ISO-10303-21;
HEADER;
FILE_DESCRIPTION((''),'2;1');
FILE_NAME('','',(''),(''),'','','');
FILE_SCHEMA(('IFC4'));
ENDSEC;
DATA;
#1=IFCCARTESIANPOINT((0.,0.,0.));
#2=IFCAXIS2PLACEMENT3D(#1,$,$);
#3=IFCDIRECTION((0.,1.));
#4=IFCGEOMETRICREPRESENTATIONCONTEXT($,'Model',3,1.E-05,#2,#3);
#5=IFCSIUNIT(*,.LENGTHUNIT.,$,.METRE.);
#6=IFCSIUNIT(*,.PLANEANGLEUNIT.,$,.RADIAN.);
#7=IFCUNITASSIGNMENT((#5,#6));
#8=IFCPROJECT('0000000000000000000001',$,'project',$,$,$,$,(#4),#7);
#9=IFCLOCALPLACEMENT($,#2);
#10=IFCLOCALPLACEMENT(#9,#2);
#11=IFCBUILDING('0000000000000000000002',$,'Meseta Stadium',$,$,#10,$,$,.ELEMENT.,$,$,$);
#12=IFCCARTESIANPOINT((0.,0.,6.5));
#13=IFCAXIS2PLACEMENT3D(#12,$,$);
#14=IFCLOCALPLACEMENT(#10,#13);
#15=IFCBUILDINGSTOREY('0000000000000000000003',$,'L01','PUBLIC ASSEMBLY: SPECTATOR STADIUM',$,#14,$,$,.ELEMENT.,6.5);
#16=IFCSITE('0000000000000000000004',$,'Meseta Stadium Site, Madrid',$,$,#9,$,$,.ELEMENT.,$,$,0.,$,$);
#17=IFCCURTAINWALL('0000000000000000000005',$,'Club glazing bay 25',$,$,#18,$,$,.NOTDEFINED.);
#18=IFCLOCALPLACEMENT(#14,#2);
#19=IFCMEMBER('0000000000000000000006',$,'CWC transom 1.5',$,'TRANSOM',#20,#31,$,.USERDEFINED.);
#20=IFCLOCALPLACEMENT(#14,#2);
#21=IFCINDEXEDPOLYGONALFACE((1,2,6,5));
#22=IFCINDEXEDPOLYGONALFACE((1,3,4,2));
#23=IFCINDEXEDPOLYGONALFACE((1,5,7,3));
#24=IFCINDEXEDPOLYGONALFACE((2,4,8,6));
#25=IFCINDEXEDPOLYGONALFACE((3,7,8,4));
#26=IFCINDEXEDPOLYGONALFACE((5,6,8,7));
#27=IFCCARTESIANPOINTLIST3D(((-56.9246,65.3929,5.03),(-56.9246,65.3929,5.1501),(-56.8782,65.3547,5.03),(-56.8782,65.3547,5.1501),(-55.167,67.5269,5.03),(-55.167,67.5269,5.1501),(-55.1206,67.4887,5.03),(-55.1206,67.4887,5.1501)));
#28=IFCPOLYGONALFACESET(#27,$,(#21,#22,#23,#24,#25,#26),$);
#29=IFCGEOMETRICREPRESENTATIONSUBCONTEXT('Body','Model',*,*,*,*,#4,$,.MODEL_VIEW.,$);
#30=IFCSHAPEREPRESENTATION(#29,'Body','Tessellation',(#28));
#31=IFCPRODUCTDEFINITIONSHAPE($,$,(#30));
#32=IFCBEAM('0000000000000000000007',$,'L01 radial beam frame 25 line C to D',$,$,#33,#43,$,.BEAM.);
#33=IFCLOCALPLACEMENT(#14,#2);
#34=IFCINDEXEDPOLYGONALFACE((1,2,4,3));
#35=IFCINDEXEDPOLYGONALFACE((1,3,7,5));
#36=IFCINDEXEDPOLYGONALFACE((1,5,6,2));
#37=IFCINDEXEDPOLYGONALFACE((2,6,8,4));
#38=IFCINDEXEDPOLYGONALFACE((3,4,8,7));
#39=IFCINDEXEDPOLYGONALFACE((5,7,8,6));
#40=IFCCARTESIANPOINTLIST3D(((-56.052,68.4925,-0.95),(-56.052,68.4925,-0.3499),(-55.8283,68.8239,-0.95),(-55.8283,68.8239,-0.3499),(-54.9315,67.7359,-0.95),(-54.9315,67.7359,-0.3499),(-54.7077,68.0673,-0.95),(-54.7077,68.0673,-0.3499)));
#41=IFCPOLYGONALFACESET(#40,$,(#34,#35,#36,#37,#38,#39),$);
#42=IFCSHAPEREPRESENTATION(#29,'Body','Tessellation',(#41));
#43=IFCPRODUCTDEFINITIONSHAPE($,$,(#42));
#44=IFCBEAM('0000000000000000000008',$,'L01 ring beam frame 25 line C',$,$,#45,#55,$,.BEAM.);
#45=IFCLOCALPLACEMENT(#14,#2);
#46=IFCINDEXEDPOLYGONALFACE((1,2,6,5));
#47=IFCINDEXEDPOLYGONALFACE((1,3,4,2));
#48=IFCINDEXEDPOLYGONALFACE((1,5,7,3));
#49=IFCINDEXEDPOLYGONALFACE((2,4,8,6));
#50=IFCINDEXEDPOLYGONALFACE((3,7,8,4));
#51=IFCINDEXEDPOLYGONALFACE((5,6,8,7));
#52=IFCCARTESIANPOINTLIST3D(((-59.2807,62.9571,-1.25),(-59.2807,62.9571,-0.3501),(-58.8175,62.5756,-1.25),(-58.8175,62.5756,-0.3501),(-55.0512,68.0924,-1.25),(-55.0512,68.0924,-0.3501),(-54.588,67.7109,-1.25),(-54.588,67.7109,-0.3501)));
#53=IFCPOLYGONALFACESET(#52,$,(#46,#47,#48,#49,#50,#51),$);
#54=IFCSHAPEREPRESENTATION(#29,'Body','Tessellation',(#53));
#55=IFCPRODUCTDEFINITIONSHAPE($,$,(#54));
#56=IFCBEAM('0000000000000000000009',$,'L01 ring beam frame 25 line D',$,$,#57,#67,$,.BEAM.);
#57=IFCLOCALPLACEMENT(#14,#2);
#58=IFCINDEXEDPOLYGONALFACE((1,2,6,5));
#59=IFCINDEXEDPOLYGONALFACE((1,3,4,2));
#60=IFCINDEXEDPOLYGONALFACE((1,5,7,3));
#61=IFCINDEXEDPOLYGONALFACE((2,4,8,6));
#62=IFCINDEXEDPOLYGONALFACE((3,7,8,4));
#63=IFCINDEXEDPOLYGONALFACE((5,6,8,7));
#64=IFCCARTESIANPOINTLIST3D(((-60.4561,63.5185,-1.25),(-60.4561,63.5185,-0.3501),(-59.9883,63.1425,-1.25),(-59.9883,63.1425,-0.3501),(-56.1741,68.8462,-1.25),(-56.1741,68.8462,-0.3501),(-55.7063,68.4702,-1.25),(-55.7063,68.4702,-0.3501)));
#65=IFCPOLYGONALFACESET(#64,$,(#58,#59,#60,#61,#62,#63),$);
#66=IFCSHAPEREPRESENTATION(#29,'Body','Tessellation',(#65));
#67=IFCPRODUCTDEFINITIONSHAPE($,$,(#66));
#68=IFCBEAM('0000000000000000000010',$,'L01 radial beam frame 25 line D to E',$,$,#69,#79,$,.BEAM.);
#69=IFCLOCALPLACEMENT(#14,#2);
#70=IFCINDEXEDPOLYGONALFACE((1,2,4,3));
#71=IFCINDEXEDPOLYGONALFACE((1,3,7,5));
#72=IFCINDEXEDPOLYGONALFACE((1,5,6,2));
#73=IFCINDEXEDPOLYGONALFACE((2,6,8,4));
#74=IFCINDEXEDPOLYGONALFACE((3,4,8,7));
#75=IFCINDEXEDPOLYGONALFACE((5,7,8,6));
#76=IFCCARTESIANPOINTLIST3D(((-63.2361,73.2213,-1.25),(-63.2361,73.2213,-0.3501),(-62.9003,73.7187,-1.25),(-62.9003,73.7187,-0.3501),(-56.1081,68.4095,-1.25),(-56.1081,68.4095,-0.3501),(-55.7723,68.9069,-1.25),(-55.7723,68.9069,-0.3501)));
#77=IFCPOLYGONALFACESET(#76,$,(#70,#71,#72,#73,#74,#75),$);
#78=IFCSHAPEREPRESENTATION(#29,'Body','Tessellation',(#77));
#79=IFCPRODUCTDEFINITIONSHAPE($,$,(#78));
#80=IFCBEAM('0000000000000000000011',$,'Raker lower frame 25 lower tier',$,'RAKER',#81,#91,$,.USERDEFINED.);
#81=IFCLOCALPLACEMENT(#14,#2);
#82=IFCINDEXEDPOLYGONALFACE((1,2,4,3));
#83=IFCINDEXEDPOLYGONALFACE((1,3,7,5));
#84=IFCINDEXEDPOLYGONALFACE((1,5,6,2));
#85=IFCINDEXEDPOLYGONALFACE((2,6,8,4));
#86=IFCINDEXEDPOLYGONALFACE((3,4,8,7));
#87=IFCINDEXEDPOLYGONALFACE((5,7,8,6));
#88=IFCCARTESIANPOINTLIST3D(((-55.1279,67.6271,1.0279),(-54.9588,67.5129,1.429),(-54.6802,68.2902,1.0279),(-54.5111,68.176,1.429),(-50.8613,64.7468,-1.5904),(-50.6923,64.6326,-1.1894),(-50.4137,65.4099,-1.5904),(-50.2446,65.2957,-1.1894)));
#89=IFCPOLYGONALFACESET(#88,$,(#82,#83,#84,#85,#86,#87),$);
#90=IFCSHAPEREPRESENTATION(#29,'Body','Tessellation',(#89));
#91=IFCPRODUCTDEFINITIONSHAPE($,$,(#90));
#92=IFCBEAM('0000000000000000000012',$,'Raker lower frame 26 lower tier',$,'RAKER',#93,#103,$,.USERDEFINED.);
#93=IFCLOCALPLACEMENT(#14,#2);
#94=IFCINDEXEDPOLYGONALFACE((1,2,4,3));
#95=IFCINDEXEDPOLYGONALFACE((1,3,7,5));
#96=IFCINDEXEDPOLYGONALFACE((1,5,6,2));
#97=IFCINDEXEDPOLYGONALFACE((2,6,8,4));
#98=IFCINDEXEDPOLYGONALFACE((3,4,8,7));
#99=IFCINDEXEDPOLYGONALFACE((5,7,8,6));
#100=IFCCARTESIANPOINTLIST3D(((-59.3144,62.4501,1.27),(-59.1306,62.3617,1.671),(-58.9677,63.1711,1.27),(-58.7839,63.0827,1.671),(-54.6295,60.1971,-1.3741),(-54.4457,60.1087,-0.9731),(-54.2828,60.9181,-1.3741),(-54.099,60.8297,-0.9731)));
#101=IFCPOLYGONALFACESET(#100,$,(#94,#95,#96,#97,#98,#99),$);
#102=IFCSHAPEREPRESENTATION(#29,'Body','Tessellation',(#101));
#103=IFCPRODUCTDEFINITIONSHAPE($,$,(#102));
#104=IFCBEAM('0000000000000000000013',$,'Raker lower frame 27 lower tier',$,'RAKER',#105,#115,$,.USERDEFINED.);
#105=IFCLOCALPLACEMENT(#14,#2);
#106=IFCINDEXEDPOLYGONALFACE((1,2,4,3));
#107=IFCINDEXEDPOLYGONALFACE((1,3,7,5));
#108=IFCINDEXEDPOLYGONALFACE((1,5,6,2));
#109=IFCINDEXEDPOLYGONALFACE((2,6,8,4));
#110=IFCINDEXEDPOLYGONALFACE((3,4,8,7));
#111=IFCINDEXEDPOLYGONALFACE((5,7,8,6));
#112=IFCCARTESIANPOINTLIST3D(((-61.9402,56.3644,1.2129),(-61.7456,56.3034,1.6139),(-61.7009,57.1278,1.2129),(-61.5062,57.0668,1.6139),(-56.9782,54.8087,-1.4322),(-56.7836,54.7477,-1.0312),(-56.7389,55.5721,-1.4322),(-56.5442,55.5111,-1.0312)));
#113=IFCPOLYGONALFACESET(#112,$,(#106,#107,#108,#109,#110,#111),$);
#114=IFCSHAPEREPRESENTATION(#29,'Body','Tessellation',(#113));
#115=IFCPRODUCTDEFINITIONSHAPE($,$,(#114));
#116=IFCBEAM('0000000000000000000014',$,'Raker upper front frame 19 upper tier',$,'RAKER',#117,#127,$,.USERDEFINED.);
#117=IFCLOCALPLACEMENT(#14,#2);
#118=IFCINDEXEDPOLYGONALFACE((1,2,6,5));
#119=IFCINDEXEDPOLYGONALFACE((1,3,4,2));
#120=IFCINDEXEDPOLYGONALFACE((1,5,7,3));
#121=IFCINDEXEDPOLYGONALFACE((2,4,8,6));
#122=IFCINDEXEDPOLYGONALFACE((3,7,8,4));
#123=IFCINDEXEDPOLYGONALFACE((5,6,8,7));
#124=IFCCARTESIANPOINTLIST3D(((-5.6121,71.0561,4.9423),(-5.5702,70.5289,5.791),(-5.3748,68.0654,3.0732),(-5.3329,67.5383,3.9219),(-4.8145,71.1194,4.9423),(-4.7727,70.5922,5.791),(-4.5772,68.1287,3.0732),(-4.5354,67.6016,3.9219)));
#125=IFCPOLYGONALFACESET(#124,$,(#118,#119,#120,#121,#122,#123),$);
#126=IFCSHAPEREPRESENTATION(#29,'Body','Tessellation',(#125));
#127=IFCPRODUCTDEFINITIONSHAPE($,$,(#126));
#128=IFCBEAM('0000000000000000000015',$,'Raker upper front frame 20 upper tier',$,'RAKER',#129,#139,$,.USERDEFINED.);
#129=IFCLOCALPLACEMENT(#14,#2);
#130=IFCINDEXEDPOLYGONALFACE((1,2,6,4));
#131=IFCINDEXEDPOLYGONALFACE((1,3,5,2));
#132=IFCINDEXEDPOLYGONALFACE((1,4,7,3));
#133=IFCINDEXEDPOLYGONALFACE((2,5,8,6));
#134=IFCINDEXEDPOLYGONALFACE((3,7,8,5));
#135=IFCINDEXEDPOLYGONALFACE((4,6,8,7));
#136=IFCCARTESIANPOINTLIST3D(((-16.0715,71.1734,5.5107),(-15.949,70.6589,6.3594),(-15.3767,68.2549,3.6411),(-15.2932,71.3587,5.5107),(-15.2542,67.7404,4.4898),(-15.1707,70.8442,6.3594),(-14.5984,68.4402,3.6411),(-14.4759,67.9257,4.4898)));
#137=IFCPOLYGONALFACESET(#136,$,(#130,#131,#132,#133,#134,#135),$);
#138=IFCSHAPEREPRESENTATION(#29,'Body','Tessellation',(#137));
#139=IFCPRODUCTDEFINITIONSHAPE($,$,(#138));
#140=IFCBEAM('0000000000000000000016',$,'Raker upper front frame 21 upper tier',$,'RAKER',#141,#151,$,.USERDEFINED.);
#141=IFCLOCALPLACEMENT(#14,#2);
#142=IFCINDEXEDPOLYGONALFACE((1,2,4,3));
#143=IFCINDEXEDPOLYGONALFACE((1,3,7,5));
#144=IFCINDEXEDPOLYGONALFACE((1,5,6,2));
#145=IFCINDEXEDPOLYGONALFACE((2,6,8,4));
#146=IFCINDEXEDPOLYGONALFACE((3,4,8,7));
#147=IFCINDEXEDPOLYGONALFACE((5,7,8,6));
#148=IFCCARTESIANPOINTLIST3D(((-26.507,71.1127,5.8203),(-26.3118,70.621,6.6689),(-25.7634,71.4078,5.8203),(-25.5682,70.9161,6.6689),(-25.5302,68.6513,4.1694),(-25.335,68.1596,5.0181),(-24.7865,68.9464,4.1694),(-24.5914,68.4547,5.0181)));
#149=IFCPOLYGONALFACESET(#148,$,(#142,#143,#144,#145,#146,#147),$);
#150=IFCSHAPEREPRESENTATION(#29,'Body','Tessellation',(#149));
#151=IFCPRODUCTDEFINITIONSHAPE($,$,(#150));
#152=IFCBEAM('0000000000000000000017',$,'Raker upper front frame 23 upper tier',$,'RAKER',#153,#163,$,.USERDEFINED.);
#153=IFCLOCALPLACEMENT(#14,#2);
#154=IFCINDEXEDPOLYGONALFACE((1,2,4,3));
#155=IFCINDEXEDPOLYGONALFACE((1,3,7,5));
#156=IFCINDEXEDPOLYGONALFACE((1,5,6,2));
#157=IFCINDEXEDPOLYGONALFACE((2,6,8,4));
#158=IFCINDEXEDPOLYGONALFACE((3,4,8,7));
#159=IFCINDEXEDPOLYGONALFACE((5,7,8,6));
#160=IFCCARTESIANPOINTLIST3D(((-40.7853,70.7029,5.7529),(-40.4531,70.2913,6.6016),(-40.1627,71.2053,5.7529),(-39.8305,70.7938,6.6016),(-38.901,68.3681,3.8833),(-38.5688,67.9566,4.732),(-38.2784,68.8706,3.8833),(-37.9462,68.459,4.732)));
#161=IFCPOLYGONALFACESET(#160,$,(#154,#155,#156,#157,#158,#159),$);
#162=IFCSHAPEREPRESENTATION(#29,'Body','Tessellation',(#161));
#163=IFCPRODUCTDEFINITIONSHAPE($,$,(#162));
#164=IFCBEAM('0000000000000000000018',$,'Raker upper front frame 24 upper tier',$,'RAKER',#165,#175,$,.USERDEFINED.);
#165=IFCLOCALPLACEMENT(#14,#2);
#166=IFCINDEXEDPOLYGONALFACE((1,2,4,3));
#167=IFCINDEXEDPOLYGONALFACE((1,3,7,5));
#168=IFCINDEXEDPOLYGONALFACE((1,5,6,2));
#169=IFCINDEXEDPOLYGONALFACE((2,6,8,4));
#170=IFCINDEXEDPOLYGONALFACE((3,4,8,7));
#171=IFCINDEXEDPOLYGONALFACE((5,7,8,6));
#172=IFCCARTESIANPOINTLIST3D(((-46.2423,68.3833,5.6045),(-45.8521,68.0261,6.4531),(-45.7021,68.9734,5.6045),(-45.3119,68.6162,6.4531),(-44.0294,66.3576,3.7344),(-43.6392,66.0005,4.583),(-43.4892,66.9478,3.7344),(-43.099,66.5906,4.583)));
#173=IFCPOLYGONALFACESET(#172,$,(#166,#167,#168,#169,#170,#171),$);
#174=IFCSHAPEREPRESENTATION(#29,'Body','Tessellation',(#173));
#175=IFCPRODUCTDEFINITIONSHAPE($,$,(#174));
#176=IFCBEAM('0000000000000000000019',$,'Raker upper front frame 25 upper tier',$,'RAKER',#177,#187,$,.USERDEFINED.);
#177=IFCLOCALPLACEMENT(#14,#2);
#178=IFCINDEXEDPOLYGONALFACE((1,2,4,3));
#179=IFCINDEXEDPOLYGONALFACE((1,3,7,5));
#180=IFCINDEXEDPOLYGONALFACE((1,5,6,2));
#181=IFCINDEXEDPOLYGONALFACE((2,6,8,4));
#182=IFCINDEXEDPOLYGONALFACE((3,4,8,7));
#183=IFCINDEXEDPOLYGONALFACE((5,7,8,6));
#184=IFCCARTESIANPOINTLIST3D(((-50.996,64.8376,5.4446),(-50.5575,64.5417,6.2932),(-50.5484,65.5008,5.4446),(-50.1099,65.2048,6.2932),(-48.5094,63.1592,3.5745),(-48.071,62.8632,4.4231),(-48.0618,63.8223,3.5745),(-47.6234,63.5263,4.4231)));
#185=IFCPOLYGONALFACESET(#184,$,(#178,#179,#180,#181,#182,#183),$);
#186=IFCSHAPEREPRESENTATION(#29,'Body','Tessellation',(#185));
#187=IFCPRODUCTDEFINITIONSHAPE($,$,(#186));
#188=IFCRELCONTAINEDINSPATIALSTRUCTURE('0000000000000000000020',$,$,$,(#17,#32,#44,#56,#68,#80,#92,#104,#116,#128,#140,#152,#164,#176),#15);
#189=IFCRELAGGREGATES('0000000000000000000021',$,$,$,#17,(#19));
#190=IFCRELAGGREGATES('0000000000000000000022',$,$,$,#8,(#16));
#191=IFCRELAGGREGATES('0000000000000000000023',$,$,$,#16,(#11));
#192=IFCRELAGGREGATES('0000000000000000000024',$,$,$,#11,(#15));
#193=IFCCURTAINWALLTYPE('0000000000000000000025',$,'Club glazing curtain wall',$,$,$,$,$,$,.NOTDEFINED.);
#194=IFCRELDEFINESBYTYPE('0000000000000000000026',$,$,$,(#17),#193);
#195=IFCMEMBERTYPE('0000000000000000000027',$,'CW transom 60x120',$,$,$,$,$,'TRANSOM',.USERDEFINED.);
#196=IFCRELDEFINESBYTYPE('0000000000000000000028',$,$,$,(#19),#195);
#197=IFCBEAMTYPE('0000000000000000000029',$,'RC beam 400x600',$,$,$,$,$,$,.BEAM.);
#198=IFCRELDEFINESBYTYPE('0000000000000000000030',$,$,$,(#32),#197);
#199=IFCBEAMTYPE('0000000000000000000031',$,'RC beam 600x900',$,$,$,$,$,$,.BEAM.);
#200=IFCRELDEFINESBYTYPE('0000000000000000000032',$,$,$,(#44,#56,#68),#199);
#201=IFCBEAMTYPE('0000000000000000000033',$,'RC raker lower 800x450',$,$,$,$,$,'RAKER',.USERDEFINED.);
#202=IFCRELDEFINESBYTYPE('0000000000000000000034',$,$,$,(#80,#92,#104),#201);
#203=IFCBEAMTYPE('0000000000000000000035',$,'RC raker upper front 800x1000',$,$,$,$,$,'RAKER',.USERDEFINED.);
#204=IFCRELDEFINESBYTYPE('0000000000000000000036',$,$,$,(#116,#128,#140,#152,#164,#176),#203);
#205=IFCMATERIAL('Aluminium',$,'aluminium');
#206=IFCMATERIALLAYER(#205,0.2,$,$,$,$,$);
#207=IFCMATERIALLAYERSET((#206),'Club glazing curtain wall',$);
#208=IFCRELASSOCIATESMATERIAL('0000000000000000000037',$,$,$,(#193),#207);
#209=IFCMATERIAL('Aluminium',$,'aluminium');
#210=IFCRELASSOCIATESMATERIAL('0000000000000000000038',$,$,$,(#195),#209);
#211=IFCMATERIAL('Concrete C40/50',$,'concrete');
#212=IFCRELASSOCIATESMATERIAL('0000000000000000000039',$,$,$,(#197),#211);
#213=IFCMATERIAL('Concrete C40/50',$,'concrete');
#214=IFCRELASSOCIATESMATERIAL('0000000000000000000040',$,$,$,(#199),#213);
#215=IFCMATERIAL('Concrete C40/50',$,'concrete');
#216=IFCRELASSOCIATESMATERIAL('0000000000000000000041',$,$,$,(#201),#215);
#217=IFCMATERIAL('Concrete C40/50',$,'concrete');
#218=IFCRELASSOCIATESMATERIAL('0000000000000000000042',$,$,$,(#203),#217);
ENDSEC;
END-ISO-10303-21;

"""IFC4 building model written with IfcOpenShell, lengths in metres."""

from ifc_helpers import new_model, si_unit, direction, frame, origin, origin_2d, place, context, subcontext, project, spatial, rectangle, extrude, material, layer, layer_set, material_profile, profile_set, type_object, element, aggregate, save


model = new_model("IFC4")

# Units and contexts
model_context = context("Model", 3, precision=1e-05, world=origin(), true_north=direction((0.0, 1.0)))
body_context = subcontext(model_context, "Body", "Model", "MODEL_VIEW")
ifc_project = project(units=[si_unit("LENGTHUNIT", "METRE"), si_unit("PLANEANGLEUNIT", "RADIAN")], contexts=[model_context])

# Site, building, storey
site_placement = place(None, origin())
site = spatial("IfcSite", under=ifc_project, at=site_placement, Name="Meseta Stadium Site, Madrid", CompositionType="ELEMENT", RefElevation=0.0)
building_placement = place(site_placement, origin())
building = spatial("IfcBuilding", under=site, at=building_placement, Name="Meseta Stadium", CompositionType="ELEMENT")
storey_placement = place(building_placement, frame((0.0, 0.0, 6.5)))
storey = spatial("IfcBuildingStorey", under=building, at=storey_placement, Name="L01", Description="PUBLIC ASSEMBLY: SPECTATOR STADIUM", CompositionType="ELEMENT", Elevation=6.5)

# Shared definitions
ifc_material_1 = material(Name="Aluminium", Category="aluminium")
ifc_layer_1 = layer(ifc_material_1, 0.2)
ifc_layer_set_1 = layer_set([ifc_layer_1], Name="Club glazing curtain wall")
curtain_wall_type = type_object("IfcCurtainWallType", Name="Club glazing curtain wall", PredefinedType="NOTDEFINED", material=ifc_layer_set_1)

# Curtain wall, member
curtain_wall_1_placement = place(storey_placement, origin())
curtain_wall_1 = element("IfcCurtainWall", 1, at=curtain_wall_1_placement, inside=storey, type_object=curtain_wall_type, Name="Club glazing bay 25", PredefinedType="NOTDEFINED")
ifc_material_2 = material(Name="Aluminium", Category="aluminium")
ifc_material_profile_1 = material_profile(ifc_material_2, rectangle(XDim=0.0601, YDim=0.1201, at=origin_2d()), Name="CW 60x120")
ifc_profile_set_1 = profile_set([ifc_material_profile_1], Name="Aluminium")
member_type_1 = type_object("IfcMemberType", Name="CW transom 60x120", ElementType="TRANSOM", PredefinedType="USERDEFINED", material=ifc_profile_set_1)
member_1_placement = place(storey_placement, frame((-55.1438, 67.5078, 5.0901), z_axis=(-0.635735, -0.771907, 0.0), x_axis=(0.771907, -0.635735, 0.0)))
member_1 = element("IfcMember", 2, at=member_1_placement, type_object=member_type_1, Name="CWC transom 1.5", ObjectType="TRANSOM", PredefinedType="USERDEFINED", context=body_context, shape_type="SweptSolid", body=[
    extrude(rectangle(XDim=0.0601, YDim=0.1201, at=origin_2d()), origin(), (0.0, 0.0, 1.0), 2.7646),
])

# Beams
ifc_material_3 = material(Name="Concrete C40/50", Category="concrete")
ifc_material_profile_2 = material_profile(ifc_material_3, rectangle(XDim=0.3999, YDim=0.6001, at=origin_2d()), Name="RC 400x600")
ifc_profile_set_2 = profile_set([ifc_material_profile_2], Name="Concrete C40/50")
beam_type_1 = type_object("IfcBeamType", Name="RC beam 400x600", PredefinedType="BEAM", material=ifc_profile_set_2)
beam_1_placement = place(storey_placement, frame((-54.8196, 67.9016, -0.6499), z_axis=(-0.828786, 0.559566, 0.0), x_axis=(-0.559566, -0.828786, 0.0)))
element("IfcBeam", 3, at=beam_1_placement, inside=storey, type_object=beam_type_1, Name="L01 radial beam frame 25 line C to D", PredefinedType="BEAM", context=body_context, shape_type="SweptSolid", body=[
    extrude(rectangle(XDim=0.3999, YDim=0.6001, at=origin_2d()), origin(), (0.0, 0.0, 1.0), 1.3521),
])
ifc_material_4 = material(Name="Concrete C40/50", Category="concrete")
ifc_material_profile_3 = material_profile(ifc_material_4, rectangle(XDim=0.6001, YDim=0.8999, at=origin_2d()), Name="RC 600x900")
ifc_profile_set_3 = profile_set([ifc_material_profile_3], Name="Concrete C40/50")
beam_type_2 = type_object("IfcBeamType", Name="RC beam 600x900", PredefinedType="BEAM", material=ifc_profile_set_3)
beam_2_placement = place(storey_placement, frame((-54.8196, 67.9016, -0.8), z_axis=(-0.635748, -0.771896, 0.0), x_axis=(0.771896, -0.635748, 0.0)))
element("IfcBeam", 4, at=beam_2_placement, inside=storey, type_object=beam_type_2, Name="L01 ring beam frame 25 line C", PredefinedType="BEAM", context=body_context, shape_type="SweptSolid", body=[
    extrude(rectangle(XDim=0.6001, YDim=0.8999, at=origin_2d()), origin(), (0.0, 0.0, 1.0), 6.6528),
])
beam_3_placement = place(storey_placement, frame((-55.9402, 68.6582, -0.8), z_axis=(-0.626466, -0.779449, 0.0), x_axis=(0.779449, -0.626466, 0.0)))
element("IfcBeam", 5, at=beam_3_placement, inside=storey, type_object=beam_type_2, Name="L01 ring beam frame 25 line D", PredefinedType="BEAM", context=body_context, shape_type="SweptSolid", body=[
    extrude(rectangle(XDim=0.6001, YDim=0.8999, at=origin_2d()), origin(), (0.0, 0.0, 1.0), 6.8352),
])
beam_4_placement = place(storey_placement, frame((-55.9402, 68.6582, -0.8), z_axis=(-0.828826, 0.559506, 0.0), x_axis=(-0.559506, -0.828826, 0.0)))
element("IfcBeam", 6, at=beam_4_placement, inside=storey, type_object=beam_type_2, Name="L01 radial beam frame 25 line D to E", PredefinedType="BEAM", context=body_context, shape_type="SweptSolid", body=[
    extrude(rectangle(XDim=0.6001, YDim=0.8999, at=origin_2d()), origin(), (0.0, 0.0, 1.0), 8.6001),
])
ifc_material_5 = material(Name="Concrete C40/50", Category="concrete")
ifc_material_profile_4 = material_profile(ifc_material_5, rectangle(XDim=0.8, YDim=0.45, at=origin_2d()), Name="RC 800x450")
ifc_profile_set_4 = profile_set([ifc_material_profile_4], Name="Concrete C40/50")
beam_type_3 = type_object("IfcBeamType", Name="RC raker lower 800x450", ElementType="RAKER", PredefinedType="USERDEFINED", material=ifc_profile_set_4)
beam_5_placement = place(storey_placement, frame((-50.553, 65.0212, -1.3899), z_axis=(-0.738741, 0.498722, 0.453364), x_axis=(-0.559528, -0.828811, 0.0)))
element("IfcBeam", 7, at=beam_5_placement, inside=storey, type_object=beam_type_3, Name="Raker lower frame 25 lower tier", ObjectType="RAKER", PredefinedType="USERDEFINED", context=body_context, shape_type="SweptSolid", body=[
    extrude(rectangle(XDim=0.8, YDim=0.45, at=origin_2d()), origin(), (0.0, 0.0, 1.0), 5.7754),
])
beam_6_placement = place(storey_placement, frame((-54.3643, 60.5134, -1.1736), z_axis=(-0.803272, 0.386294, 0.453355), x_axis=(-0.433391, -0.901206, 0.0)))
element("IfcBeam", 8, at=beam_6_placement, inside=storey, type_object=beam_type_3, Name="Raker lower frame 26 lower tier", ObjectType="RAKER", PredefinedType="USERDEFINED", context=body_context, shape_type="SweptSolid", body=[
    extrude(rectangle(XDim=0.8, YDim=0.45, at=origin_2d()), origin(), (0.0, 0.0, 1.0), 5.8323),
])
beam_7_placement = place(storey_placement, frame((-56.7612, 55.1599, -1.2317), z_axis=(-0.850501, 0.26665, 0.453372), x_axis=(-0.299162, -0.954202, 0.0)))
element("IfcBeam", 9, at=beam_7_placement, inside=storey, type_object=beam_type_3, Name="Raker lower frame 27 lower tier", ObjectType="RAKER", PredefinedType="USERDEFINED", context=body_context, shape_type="SweptSolid", body=[
    extrude(rectangle(XDim=0.8, YDim=0.45, at=origin_2d()), origin(), (0.0, 0.0, 1.0), 5.8342),
])
ifc_material_6 = material(Name="Concrete C40/50", Category="concrete")
ifc_material_profile_5 = material_profile(ifc_material_6, rectangle(XDim=0.8, YDim=1.0, at=origin_2d()), Name="RC 800x1000")
ifc_profile_set_5 = profile_set([ifc_material_profile_5], Name="Concrete C40/50")
beam_type_4 = type_object("IfcBeamType", Name="RC raker upper front 800x1000", ElementType="RAKER", PredefinedType="USERDEFINED", material=ifc_profile_set_5)
beam_8_placement = place(storey_placement, frame((-4.9551, 67.8335, 3.4976), z_axis=(-0.067135, 0.846093, 0.528791), x_axis=(-0.996867, -0.079098, 0.0)))
element("IfcBeam", 10, at=beam_8_placement, inside=storey, type_object=beam_type_4, Name="Raker upper front frame 19 upper tier", ObjectType="RAKER", PredefinedType="USERDEFINED", context=body_context, shape_type="SweptSolid", body=[
    extrude(rectangle(XDim=0.8, YDim=1.0, at=origin_2d()), origin(), (0.0, 0.0, 1.0), 3.5347),
])
beam_9_placement = place(storey_placement, frame((-14.9263, 68.0903, 4.0654), z_axis=(-0.19656, 0.825607, 0.528902), x_axis=(-0.97281, -0.231606, 0.0)))
element("IfcBeam", 11, at=beam_9_placement, inside=storey, type_object=beam_type_4, Name="Raker upper front frame 20 upper tier", ObjectType="RAKER", PredefinedType="USERDEFINED", context=body_context, shape_type="SweptSolid", body=[
    extrude(rectangle(XDim=0.8, YDim=1.0, at=origin_2d()), origin(), (0.0, 0.0, 1.0), 3.5349),
])
beam_10_placement = place(storey_placement, frame((-25.0608, 68.553, 4.5938), z_axis=(-0.313018, 0.788766, 0.529025), x_axis=(-0.929484, -0.368862, 0.0)))
element("IfcBeam", 12, at=beam_10_placement, inside=storey, type_object=beam_type_4, Name="Raker upper front frame 21 upper tier", ObjectType="RAKER", PredefinedType="USERDEFINED", context=body_context, shape_type="SweptSolid", body=[
    extrude(rectangle(XDim=0.8, YDim=1.0, at=origin_2d()), origin(), (0.0, 0.0, 1.0), 3.1206),
])
for number, where, z_axis, x_axis, name in (
    (13, (-38.4236, 68.4136, 4.3076), (-0.53302, 0.660439, 0.528876), (-0.778178, -0.628043, 0.0), "Raker upper front frame 23 upper tier"),
    (14, (-43.5642, 66.4741, 4.1587), (-0.625965, 0.572995, 0.529004), (-0.675209, -0.737627, 0.0), "Raker upper front frame 24 upper tier"),
    (15, (-48.0664, 63.3428, 3.9988), (-0.703376, 0.474787, 0.528999), (-0.55948, -0.828844, 0.0), "Raker upper front frame 25 upper tier"),
):
    element("IfcBeam", number, at=place(storey_placement, frame(where, z_axis=z_axis, x_axis=x_axis)), inside=storey, type_object=beam_type_4, Name=name, ObjectType="RAKER", PredefinedType="USERDEFINED", context=body_context, shape_type="SweptSolid", body=[
        extrude(rectangle(XDim=0.8, YDim=1.0, at=origin_2d()), origin(), (0.0, 0.0, 1.0), 3.5352),
    ])

aggregate(curtain_wall_1, [member_1])

save(model, "model.ifc")
